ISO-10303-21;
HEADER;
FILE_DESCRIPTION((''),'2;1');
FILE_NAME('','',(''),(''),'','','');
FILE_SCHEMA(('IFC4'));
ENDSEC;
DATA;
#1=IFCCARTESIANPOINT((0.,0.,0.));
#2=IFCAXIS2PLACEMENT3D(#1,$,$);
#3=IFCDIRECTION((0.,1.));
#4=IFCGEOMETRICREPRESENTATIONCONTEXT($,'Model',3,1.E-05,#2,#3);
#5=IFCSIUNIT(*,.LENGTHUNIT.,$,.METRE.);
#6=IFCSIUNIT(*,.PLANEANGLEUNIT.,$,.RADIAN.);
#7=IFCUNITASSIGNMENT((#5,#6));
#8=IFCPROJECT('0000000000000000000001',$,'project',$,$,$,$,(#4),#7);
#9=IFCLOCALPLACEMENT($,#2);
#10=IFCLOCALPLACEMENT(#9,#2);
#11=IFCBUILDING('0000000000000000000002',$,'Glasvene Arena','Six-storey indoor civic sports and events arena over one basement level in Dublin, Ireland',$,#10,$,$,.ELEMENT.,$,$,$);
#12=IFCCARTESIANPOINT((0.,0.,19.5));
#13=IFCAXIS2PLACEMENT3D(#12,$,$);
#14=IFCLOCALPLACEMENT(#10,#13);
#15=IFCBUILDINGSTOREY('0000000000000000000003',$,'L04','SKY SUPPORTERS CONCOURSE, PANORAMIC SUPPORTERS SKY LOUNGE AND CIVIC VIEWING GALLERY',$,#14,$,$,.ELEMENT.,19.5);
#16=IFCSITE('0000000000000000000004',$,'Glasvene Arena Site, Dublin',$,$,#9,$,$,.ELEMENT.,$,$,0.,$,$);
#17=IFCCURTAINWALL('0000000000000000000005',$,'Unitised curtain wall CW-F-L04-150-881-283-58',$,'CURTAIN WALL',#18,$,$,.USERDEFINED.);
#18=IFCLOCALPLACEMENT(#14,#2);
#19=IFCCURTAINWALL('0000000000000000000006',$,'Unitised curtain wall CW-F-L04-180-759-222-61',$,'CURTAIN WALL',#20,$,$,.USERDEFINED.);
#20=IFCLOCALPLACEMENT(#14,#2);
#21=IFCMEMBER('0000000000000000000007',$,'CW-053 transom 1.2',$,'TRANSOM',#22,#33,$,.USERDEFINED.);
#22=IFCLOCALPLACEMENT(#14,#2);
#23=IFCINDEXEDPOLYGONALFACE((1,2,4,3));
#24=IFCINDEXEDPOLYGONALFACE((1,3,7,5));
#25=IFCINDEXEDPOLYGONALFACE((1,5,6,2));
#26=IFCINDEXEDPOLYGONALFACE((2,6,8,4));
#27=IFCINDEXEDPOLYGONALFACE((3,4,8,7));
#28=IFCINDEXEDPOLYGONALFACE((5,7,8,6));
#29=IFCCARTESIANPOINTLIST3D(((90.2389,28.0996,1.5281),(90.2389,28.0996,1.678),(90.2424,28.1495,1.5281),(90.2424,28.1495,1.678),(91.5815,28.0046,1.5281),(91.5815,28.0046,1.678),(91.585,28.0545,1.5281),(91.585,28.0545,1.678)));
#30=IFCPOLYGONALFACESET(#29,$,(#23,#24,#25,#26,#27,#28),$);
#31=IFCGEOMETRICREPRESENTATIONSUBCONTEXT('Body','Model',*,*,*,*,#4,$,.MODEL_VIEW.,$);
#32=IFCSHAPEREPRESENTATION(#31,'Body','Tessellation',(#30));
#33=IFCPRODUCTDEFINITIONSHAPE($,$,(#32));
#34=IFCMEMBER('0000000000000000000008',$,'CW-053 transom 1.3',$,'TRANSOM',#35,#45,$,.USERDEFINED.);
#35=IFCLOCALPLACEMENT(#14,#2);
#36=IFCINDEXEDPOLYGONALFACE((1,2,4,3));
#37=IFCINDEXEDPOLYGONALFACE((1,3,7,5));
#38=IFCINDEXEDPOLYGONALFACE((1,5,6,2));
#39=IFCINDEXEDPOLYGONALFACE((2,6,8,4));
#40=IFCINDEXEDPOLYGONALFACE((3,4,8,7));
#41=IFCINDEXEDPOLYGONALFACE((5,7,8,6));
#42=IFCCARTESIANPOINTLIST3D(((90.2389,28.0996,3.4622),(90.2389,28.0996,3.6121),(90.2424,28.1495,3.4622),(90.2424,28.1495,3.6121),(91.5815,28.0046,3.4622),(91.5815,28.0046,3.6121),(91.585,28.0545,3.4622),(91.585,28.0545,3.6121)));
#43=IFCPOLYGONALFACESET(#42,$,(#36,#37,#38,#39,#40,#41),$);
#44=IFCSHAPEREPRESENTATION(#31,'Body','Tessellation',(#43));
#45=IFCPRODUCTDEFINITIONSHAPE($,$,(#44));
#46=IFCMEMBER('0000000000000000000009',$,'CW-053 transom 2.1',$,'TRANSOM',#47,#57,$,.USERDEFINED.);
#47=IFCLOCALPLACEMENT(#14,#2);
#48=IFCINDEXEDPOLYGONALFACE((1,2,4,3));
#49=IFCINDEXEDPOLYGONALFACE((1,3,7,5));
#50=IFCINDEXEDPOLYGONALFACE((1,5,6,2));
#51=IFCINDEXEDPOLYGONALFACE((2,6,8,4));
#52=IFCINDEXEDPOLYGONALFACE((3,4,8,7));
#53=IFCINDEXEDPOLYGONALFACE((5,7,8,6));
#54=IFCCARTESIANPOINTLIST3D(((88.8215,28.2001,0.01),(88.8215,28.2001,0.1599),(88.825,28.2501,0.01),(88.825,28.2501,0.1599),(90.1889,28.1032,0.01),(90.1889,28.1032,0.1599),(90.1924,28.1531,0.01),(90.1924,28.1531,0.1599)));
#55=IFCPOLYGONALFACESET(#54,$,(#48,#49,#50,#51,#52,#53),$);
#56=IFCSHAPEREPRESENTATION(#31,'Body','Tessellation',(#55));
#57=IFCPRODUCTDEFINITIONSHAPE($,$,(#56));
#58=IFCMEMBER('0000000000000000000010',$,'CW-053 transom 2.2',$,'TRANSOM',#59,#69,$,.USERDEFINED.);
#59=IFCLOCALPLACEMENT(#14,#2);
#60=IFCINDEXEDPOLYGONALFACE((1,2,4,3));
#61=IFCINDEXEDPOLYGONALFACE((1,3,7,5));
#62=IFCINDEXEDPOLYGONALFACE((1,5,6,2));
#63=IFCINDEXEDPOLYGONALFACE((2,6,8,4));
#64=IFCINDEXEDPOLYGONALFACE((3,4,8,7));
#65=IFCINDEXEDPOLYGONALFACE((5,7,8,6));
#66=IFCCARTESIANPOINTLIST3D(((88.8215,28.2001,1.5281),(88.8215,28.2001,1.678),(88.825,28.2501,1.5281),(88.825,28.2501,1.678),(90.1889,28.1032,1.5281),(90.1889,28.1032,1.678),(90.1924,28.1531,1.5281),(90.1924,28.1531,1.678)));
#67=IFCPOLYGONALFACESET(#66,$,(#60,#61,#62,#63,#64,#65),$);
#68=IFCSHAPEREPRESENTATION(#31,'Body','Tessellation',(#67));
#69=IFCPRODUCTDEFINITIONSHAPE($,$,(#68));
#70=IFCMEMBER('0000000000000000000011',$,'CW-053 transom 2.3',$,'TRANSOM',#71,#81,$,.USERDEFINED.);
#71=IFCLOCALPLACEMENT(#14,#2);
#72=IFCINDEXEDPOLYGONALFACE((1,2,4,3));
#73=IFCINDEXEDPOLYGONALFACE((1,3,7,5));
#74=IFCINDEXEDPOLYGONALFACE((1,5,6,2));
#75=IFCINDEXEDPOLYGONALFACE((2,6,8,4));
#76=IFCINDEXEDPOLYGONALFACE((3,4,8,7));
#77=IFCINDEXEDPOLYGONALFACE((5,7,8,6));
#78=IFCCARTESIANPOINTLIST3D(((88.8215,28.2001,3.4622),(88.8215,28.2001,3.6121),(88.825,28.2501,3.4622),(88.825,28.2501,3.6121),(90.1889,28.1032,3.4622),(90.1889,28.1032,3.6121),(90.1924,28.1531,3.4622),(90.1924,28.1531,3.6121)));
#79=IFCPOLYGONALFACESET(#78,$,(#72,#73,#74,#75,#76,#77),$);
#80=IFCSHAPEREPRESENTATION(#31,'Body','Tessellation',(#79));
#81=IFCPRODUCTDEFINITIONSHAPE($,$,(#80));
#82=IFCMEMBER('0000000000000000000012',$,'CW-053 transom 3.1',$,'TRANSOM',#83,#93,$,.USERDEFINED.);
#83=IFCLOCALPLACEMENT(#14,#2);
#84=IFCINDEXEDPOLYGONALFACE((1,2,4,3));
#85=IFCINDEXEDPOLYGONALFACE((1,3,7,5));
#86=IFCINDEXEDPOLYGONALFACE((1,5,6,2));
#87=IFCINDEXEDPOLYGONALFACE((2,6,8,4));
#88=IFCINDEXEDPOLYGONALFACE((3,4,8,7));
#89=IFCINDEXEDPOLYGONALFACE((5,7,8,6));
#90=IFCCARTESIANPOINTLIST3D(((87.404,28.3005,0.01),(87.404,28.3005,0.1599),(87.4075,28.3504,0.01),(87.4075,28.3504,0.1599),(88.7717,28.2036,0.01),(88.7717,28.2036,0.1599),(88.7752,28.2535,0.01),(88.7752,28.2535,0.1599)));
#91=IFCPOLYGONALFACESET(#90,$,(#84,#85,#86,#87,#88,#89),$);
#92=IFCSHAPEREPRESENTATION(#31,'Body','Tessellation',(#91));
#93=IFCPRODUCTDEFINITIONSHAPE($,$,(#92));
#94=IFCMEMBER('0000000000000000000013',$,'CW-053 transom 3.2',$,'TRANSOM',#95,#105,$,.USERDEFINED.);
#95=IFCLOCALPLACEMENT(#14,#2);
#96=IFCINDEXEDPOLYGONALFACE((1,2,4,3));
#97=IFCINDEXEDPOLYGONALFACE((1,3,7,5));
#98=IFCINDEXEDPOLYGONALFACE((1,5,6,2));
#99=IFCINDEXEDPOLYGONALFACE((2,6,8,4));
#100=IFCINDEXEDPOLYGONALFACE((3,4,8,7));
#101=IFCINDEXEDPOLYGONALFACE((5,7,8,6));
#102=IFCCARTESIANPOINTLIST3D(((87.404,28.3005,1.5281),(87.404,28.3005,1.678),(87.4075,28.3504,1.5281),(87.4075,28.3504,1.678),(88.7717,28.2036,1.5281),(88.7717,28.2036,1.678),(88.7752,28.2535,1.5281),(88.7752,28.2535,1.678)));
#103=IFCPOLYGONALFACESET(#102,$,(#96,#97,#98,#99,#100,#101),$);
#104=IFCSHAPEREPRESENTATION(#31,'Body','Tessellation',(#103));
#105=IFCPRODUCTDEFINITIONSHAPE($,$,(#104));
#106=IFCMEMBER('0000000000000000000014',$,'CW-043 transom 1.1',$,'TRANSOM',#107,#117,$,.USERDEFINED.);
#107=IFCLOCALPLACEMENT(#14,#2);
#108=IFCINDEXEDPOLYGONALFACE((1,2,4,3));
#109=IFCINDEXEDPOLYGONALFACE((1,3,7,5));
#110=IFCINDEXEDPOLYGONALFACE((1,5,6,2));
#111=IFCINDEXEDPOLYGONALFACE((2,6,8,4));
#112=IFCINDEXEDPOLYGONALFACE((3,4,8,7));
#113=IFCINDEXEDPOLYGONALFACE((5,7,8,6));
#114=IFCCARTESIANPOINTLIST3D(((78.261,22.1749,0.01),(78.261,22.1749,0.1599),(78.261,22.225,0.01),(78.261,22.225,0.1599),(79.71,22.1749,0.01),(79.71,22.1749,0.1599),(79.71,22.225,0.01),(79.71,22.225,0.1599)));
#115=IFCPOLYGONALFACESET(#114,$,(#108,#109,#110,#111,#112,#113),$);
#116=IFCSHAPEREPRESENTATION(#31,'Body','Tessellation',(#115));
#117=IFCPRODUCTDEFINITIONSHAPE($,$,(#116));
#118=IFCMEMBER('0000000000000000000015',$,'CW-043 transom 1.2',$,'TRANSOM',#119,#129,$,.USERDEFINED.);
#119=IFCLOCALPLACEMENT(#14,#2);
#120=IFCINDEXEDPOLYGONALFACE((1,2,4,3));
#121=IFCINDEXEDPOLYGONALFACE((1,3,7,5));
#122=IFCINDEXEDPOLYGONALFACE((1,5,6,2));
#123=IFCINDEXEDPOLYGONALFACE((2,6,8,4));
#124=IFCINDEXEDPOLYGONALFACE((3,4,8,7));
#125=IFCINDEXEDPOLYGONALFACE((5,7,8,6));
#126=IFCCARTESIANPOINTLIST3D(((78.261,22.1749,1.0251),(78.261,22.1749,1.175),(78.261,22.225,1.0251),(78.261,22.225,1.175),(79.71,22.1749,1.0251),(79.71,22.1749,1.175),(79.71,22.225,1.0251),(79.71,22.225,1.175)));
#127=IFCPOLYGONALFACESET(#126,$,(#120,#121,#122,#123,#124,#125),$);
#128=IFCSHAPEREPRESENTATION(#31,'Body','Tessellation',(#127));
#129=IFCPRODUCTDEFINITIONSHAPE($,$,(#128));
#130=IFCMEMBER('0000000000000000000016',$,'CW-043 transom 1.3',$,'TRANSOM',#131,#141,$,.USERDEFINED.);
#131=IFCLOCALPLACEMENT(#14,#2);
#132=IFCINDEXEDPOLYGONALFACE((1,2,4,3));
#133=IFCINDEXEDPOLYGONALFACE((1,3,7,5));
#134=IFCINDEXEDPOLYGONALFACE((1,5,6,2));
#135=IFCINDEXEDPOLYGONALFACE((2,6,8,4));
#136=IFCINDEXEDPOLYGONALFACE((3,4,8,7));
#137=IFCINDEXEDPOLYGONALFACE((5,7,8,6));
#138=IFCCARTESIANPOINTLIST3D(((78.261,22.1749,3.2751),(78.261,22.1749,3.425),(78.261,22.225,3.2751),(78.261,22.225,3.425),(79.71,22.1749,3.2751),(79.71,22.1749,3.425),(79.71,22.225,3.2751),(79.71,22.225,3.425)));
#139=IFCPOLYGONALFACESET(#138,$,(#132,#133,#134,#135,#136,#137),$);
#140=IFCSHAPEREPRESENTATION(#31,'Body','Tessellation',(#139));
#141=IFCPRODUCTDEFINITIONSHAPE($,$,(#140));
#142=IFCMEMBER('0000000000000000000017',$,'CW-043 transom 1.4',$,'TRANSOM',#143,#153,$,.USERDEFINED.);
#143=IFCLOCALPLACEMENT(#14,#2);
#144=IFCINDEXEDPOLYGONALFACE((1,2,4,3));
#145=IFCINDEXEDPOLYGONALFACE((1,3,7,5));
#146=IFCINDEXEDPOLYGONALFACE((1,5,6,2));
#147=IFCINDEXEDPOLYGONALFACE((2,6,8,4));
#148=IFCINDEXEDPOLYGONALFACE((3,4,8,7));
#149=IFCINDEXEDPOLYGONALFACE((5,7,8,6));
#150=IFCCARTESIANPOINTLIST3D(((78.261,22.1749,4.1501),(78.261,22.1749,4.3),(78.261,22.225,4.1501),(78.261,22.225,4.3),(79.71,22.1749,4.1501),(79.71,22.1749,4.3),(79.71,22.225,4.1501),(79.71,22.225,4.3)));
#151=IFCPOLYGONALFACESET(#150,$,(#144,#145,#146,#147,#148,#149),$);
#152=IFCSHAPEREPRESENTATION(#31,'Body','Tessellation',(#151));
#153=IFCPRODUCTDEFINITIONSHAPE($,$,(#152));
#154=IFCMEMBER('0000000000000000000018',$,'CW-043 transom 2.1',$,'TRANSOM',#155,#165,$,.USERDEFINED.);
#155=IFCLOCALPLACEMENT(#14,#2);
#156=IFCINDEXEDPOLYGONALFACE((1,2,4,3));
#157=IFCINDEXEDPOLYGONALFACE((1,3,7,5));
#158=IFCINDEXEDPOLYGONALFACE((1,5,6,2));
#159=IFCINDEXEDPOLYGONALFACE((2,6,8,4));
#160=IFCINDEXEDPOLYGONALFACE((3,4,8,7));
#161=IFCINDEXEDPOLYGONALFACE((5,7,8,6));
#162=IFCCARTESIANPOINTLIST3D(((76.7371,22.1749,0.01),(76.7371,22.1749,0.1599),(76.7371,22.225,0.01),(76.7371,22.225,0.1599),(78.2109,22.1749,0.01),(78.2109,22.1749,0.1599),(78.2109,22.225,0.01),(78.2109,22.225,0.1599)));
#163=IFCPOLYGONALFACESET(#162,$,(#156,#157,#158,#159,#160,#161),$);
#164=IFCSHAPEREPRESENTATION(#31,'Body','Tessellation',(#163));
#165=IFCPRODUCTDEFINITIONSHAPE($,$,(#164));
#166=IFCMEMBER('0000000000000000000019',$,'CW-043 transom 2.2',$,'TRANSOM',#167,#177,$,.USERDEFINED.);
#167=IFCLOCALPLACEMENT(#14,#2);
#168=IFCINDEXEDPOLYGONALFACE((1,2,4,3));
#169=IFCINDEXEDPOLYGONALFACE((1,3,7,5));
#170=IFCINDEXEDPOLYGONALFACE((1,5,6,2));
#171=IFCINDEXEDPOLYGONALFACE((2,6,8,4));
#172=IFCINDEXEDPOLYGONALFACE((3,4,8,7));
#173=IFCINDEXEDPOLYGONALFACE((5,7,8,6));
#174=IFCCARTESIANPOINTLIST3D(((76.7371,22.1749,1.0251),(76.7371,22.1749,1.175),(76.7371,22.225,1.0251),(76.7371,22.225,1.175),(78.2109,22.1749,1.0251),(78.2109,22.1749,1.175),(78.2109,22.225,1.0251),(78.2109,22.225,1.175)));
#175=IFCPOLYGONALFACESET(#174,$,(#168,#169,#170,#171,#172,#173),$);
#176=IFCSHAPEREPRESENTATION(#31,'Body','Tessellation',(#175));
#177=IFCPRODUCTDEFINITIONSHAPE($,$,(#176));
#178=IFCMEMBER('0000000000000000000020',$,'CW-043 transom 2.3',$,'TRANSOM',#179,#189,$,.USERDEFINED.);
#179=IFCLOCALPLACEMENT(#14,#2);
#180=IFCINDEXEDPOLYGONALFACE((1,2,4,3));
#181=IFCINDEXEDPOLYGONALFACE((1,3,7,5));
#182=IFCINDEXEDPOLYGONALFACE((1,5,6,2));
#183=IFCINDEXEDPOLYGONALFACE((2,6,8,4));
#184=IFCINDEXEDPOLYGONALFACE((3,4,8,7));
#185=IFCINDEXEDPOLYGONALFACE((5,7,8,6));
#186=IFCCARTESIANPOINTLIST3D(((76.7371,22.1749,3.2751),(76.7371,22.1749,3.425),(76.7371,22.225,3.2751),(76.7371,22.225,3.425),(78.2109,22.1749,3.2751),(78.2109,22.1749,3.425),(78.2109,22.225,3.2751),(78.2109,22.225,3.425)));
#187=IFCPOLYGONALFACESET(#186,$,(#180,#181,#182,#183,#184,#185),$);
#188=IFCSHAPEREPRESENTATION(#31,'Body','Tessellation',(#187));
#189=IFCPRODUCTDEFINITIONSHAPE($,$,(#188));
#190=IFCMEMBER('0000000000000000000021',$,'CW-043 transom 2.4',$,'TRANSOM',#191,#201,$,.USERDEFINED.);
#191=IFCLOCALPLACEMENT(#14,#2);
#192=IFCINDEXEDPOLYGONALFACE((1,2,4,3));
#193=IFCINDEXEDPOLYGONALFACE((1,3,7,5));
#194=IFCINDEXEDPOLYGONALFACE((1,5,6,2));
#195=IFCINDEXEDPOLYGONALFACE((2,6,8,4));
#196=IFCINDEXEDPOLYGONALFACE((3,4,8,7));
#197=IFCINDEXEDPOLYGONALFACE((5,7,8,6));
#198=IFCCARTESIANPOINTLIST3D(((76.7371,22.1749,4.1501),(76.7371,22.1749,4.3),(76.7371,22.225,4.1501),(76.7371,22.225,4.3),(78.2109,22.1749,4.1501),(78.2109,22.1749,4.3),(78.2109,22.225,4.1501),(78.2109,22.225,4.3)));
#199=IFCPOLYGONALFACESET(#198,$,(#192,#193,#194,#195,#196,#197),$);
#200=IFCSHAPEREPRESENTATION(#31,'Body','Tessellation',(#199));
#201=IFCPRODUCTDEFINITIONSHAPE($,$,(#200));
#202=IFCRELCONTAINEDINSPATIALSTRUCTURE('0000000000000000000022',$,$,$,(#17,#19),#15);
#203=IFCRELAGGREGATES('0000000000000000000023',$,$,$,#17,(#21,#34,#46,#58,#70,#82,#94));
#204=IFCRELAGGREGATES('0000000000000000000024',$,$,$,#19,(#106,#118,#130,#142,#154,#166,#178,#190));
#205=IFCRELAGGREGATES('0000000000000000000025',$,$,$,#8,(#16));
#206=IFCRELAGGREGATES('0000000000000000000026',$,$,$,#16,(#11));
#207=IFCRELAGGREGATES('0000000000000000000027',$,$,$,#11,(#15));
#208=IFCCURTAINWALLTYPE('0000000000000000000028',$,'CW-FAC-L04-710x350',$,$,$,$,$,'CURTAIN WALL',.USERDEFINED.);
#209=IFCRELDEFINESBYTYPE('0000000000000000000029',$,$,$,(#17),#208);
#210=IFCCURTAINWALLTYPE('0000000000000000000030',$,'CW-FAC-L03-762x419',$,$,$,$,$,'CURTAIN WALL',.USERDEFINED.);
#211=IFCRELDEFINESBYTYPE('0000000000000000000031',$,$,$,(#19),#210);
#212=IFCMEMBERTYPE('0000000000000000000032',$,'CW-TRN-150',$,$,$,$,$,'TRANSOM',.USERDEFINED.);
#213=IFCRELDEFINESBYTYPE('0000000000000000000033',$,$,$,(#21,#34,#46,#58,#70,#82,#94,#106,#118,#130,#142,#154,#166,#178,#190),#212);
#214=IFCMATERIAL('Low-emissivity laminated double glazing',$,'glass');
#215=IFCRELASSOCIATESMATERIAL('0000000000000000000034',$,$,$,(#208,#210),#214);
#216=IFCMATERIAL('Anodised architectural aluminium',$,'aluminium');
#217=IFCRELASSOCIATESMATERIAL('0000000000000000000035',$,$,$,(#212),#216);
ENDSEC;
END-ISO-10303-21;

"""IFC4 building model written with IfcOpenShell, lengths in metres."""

from ifc_helpers import new_model, si_unit, direction, frame, origin, origin_2d, place, context, subcontext, project, spatial, rectangle, extrude, material, material_profile, profile_set, type_object, element, aggregate, save


model = new_model("IFC4")

# Units and contexts
model_context = context("Model", 3, precision=1e-05, world=origin(), true_north=direction((0.0, 1.0)))
body_context = subcontext(model_context, "Body", "Model", "MODEL_VIEW")
ifc_project = project(units=[si_unit("LENGTHUNIT", "METRE"), si_unit("PLANEANGLEUNIT", "RADIAN")], contexts=[model_context])

# Site, building, storey
site_placement = place(None, origin())
site = spatial("IfcSite", under=ifc_project, at=site_placement, Name="Glasvene Arena Site, Dublin", CompositionType="ELEMENT", RefElevation=0.0)
building_placement = place(site_placement, origin())
building = spatial("IfcBuilding", under=site, at=building_placement, Name="Glasvene Arena", Description="Six-storey indoor civic sports and events arena over one basement level in Dublin, Ireland", CompositionType="ELEMENT")
storey_placement = place(building_placement, frame((0.0, 0.0, 19.5)))
storey = spatial("IfcBuildingStorey", under=building, at=storey_placement, Name="L04", Description="SKY SUPPORTERS CONCOURSE, PANORAMIC SUPPORTERS SKY LOUNGE AND CIVIC VIEWING GALLERY", CompositionType="ELEMENT", Elevation=19.5)

# Curtain walls
ifc_material_1 = material(Name="Low-emissivity laminated double glazing", Category="glass")
curtain_wall_type_1 = type_object("IfcCurtainWallType", Name="CW-FAC-L04-710x350", ElementType="CURTAIN WALL", PredefinedType="USERDEFINED", material=ifc_material_1)
curtain_wall_1_placement = place(storey_placement, frame((91.6331, 28.0259, 0.0)))
curtain_wall_1 = element("IfcCurtainWall", 1, at=curtain_wall_1_placement, inside=storey, type_object=curtain_wall_type_1, Name="Unitised curtain wall CW-F-L04-150-881-283-58", ObjectType="CURTAIN WALL", PredefinedType="USERDEFINED")
ifc_material_2 = material(Name="Anodised architectural aluminium", Category="aluminium")
curtain_wall_type_2 = type_object("IfcCurtainWallType", Name="CW-FAC-L03-762x419", ElementType="CURTAIN WALL", PredefinedType="USERDEFINED", material=ifc_material_1)
curtain_wall_2_placement = place(storey_placement, frame((79.76, 22.2, 0.0)))
curtain_wall_2 = element("IfcCurtainWall", 2, at=curtain_wall_2_placement, inside=storey, type_object=curtain_wall_type_2, Name="Unitised curtain wall CW-F-L04-180-759-222-61", ObjectType="CURTAIN WALL", PredefinedType="USERDEFINED")

# Members
ifc_material_profile_1 = material_profile(ifc_material_2, rectangle(XDim=0.05, YDim=0.1499, at=origin_2d()), Name="ALU TRANSOM 50x150")
ifc_profile_set_1 = profile_set([ifc_material_profile_1], Name="Anodised architectural aluminium")
member_type_1 = type_object("IfcMemberType", Name="CW-TRN-150", ElementType="TRANSOM", PredefinedType="USERDEFINED", material=ifc_profile_set_1)
member_1_placement = place(storey_placement, frame((91.5833, 28.0295, 1.603), z_axis=(-0.997507, 0.070564, 0.0), x_axis=(-0.070564, -0.997507, 0.0)))
member_1 = element("IfcMember", 3, at=member_1_placement, type_object=member_type_1, Name="CW-053 transom 1.2", ObjectType="TRANSOM", PredefinedType="USERDEFINED", context=body_context, shape_type="SweptSolid", body=[
    extrude(rectangle(XDim=0.05, YDim=0.1499, at=origin_2d()), origin(), (0.0, 0.0, 1.0), 1.3459),
])
member_2_placement = place(storey_placement, frame((91.5833, 28.0295, 3.5371), z_axis=(-0.997507, 0.070564, 0.0), x_axis=(-0.070564, -0.997507, 0.0)))
member_2 = element("IfcMember", 4, at=member_2_placement, type_object=member_type_1, Name="CW-053 transom 1.3", ObjectType="TRANSOM", PredefinedType="USERDEFINED", context=body_context, shape_type="SweptSolid", body=[
    extrude(rectangle(XDim=0.05, YDim=0.1499, at=origin_2d()), origin(), (0.0, 0.0, 1.0), 1.3459),
])
member_3_placement = place(storey_placement, frame((90.1907, 28.1282, 0.085), z_axis=(-0.997497, 0.070703, 0.0), x_axis=(-0.070703, -0.997497, 0.0)))
member_3 = element("IfcMember", 5, at=member_3_placement, type_object=member_type_1, Name="CW-053 transom 2.1", ObjectType="TRANSOM", PredefinedType="USERDEFINED", context=body_context, shape_type="SweptSolid", body=[
    extrude(rectangle(XDim=0.05, YDim=0.1499, at=origin_2d()), origin(), (0.0, 0.0, 1.0), 1.3708),
])
member_4_placement = place(storey_placement, frame((90.1907, 28.1282, 1.603), z_axis=(-0.997497, 0.070703, 0.0), x_axis=(-0.070703, -0.997497, 0.0)))
member_4 = element("IfcMember", 6, at=member_4_placement, type_object=member_type_1, Name="CW-053 transom 2.2", ObjectType="TRANSOM", PredefinedType="USERDEFINED", context=body_context, shape_type="SweptSolid", body=[
    extrude(rectangle(XDim=0.05, YDim=0.1499, at=origin_2d()), origin(), (0.0, 0.0, 1.0), 1.3708),
])
member_5_placement = place(storey_placement, frame((90.1907, 28.1282, 3.5371), z_axis=(-0.997497, 0.070703, 0.0), x_axis=(-0.070703, -0.997497, 0.0)))
member_5 = element("IfcMember", 7, at=member_5_placement, type_object=member_type_1, Name="CW-053 transom 2.3", ObjectType="TRANSOM", PredefinedType="USERDEFINED", context=body_context, shape_type="SweptSolid", body=[
    extrude(rectangle(XDim=0.05, YDim=0.1499, at=origin_2d()), origin(), (0.0, 0.0, 1.0), 1.3708),
])
member_6_placement = place(storey_placement, frame((88.7734, 28.2285, 0.085), z_axis=(-0.997498, 0.07069, 0.0), x_axis=(-0.07069, -0.997498, 0.0)))
member_6 = element("IfcMember", 8, at=member_6_placement, type_object=member_type_1, Name="CW-053 transom 3.1", ObjectType="TRANSOM", PredefinedType="USERDEFINED", context=body_context, shape_type="SweptSolid", body=[
    extrude(rectangle(XDim=0.05, YDim=0.1499, at=origin_2d()), origin(), (0.0, 0.0, 1.0), 1.3711),
])
member_7_placement = place(storey_placement, frame((88.7734, 28.2285, 1.603), z_axis=(-0.997498, 0.07069, 0.0), x_axis=(-0.07069, -0.997498, 0.0)))
member_7 = element("IfcMember", 9, at=member_7_placement, type_object=member_type_1, Name="CW-053 transom 3.2", ObjectType="TRANSOM", PredefinedType="USERDEFINED", context=body_context, shape_type="SweptSolid", body=[
    extrude(rectangle(XDim=0.05, YDim=0.1499, at=origin_2d()), origin(), (0.0, 0.0, 1.0), 1.3711),
])
member_8_placement = place(storey_placement, frame((79.71, 22.2, 0.085), z_axis=(-1.0, 0.0, 0.0), x_axis=(0.0, -1.0, 0.0)))
member_8 = element("IfcMember", 10, at=member_8_placement, type_object=member_type_1, Name="CW-043 transom 1.1", ObjectType="TRANSOM", PredefinedType="USERDEFINED", context=body_context, shape_type="SweptSolid", body=[
    extrude(rectangle(XDim=0.05, YDim=0.1499, at=origin_2d()), origin(), (0.0, 0.0, 1.0), 1.449),
])
member_9_placement = place(storey_placement, frame((79.71, 22.2, 1.1001), z_axis=(-1.0, 0.0, 0.0), x_axis=(0.0, -1.0, 0.0)))
member_9 = element("IfcMember", 11, at=member_9_placement, type_object=member_type_1, Name="CW-043 transom 1.2", ObjectType="TRANSOM", PredefinedType="USERDEFINED", context=body_context, shape_type="SweptSolid", body=[
    extrude(rectangle(XDim=0.05, YDim=0.1499, at=origin_2d()), origin(), (0.0, 0.0, 1.0), 1.449),
])
member_10_placement = place(storey_placement, frame((79.71, 22.2, 3.3501), z_axis=(-1.0, 0.0, 0.0), x_axis=(0.0, -1.0, 0.0)))
member_10 = element("IfcMember", 12, at=member_10_placement, type_object=member_type_1, Name="CW-043 transom 1.3", ObjectType="TRANSOM", PredefinedType="USERDEFINED", context=body_context, shape_type="SweptSolid", body=[
    extrude(rectangle(XDim=0.05, YDim=0.1499, at=origin_2d()), origin(), (0.0, 0.0, 1.0), 1.449),
])
member_11_placement = place(storey_placement, frame((79.71, 22.2, 4.2251), z_axis=(-1.0, 0.0, 0.0), x_axis=(0.0, -1.0, 0.0)))
member_11 = element("IfcMember", 13, at=member_11_placement, type_object=member_type_1, Name="CW-043 transom 1.4", ObjectType="TRANSOM", PredefinedType="USERDEFINED", context=body_context, shape_type="SweptSolid", body=[
    extrude(rectangle(XDim=0.05, YDim=0.1499, at=origin_2d()), origin(), (0.0, 0.0, 1.0), 1.449),
])
member_12_placement = place(storey_placement, frame((78.2109, 22.2, 0.085), z_axis=(-1.0, 0.0, 0.0), x_axis=(0.0, -1.0, 0.0)))
member_12 = element("IfcMember", 14, at=member_12_placement, type_object=member_type_1, Name="CW-043 transom 2.1", ObjectType="TRANSOM", PredefinedType="USERDEFINED", context=body_context, shape_type="SweptSolid", body=[
    extrude(rectangle(XDim=0.05, YDim=0.1499, at=origin_2d()), origin(), (0.0, 0.0, 1.0), 1.4739),
])
member_13_placement = place(storey_placement, frame((78.2109, 22.2, 1.1001), z_axis=(-1.0, 0.0, 0.0), x_axis=(0.0, -1.0, 0.0)))
member_13 = element("IfcMember", 15, at=member_13_placement, type_object=member_type_1, Name="CW-043 transom 2.2", ObjectType="TRANSOM", PredefinedType="USERDEFINED", context=body_context, shape_type="SweptSolid", body=[
    extrude(rectangle(XDim=0.05, YDim=0.1499, at=origin_2d()), origin(), (0.0, 0.0, 1.0), 1.4739),
])
member_14_placement = place(storey_placement, frame((78.2109, 22.2, 3.3501), z_axis=(-1.0, 0.0, 0.0), x_axis=(0.0, -1.0, 0.0)))
member_14 = element("IfcMember", 16, at=member_14_placement, type_object=member_type_1, Name="CW-043 transom 2.3", ObjectType="TRANSOM", PredefinedType="USERDEFINED", context=body_context, shape_type="SweptSolid", body=[
    extrude(rectangle(XDim=0.05, YDim=0.1499, at=origin_2d()), origin(), (0.0, 0.0, 1.0), 1.4739),
])
member_15_placement = place(storey_placement, frame((78.2109, 22.2, 4.2251), z_axis=(-1.0, 0.0, 0.0), x_axis=(0.0, -1.0, 0.0)))
member_15 = element("IfcMember", 17, at=member_15_placement, type_object=member_type_1, Name="CW-043 transom 2.4", ObjectType="TRANSOM", PredefinedType="USERDEFINED", context=body_context, shape_type="SweptSolid", body=[
    extrude(rectangle(XDim=0.05, YDim=0.1499, at=origin_2d()), origin(), (0.0, 0.0, 1.0), 1.4739),
])

aggregate(curtain_wall_1, [member_1, member_2, member_3, member_4, member_5, member_6, member_7])
aggregate(curtain_wall_2, [member_8, member_9, member_10, member_11, member_12, member_13, member_14, member_15])

save(model, "model.ifc")
